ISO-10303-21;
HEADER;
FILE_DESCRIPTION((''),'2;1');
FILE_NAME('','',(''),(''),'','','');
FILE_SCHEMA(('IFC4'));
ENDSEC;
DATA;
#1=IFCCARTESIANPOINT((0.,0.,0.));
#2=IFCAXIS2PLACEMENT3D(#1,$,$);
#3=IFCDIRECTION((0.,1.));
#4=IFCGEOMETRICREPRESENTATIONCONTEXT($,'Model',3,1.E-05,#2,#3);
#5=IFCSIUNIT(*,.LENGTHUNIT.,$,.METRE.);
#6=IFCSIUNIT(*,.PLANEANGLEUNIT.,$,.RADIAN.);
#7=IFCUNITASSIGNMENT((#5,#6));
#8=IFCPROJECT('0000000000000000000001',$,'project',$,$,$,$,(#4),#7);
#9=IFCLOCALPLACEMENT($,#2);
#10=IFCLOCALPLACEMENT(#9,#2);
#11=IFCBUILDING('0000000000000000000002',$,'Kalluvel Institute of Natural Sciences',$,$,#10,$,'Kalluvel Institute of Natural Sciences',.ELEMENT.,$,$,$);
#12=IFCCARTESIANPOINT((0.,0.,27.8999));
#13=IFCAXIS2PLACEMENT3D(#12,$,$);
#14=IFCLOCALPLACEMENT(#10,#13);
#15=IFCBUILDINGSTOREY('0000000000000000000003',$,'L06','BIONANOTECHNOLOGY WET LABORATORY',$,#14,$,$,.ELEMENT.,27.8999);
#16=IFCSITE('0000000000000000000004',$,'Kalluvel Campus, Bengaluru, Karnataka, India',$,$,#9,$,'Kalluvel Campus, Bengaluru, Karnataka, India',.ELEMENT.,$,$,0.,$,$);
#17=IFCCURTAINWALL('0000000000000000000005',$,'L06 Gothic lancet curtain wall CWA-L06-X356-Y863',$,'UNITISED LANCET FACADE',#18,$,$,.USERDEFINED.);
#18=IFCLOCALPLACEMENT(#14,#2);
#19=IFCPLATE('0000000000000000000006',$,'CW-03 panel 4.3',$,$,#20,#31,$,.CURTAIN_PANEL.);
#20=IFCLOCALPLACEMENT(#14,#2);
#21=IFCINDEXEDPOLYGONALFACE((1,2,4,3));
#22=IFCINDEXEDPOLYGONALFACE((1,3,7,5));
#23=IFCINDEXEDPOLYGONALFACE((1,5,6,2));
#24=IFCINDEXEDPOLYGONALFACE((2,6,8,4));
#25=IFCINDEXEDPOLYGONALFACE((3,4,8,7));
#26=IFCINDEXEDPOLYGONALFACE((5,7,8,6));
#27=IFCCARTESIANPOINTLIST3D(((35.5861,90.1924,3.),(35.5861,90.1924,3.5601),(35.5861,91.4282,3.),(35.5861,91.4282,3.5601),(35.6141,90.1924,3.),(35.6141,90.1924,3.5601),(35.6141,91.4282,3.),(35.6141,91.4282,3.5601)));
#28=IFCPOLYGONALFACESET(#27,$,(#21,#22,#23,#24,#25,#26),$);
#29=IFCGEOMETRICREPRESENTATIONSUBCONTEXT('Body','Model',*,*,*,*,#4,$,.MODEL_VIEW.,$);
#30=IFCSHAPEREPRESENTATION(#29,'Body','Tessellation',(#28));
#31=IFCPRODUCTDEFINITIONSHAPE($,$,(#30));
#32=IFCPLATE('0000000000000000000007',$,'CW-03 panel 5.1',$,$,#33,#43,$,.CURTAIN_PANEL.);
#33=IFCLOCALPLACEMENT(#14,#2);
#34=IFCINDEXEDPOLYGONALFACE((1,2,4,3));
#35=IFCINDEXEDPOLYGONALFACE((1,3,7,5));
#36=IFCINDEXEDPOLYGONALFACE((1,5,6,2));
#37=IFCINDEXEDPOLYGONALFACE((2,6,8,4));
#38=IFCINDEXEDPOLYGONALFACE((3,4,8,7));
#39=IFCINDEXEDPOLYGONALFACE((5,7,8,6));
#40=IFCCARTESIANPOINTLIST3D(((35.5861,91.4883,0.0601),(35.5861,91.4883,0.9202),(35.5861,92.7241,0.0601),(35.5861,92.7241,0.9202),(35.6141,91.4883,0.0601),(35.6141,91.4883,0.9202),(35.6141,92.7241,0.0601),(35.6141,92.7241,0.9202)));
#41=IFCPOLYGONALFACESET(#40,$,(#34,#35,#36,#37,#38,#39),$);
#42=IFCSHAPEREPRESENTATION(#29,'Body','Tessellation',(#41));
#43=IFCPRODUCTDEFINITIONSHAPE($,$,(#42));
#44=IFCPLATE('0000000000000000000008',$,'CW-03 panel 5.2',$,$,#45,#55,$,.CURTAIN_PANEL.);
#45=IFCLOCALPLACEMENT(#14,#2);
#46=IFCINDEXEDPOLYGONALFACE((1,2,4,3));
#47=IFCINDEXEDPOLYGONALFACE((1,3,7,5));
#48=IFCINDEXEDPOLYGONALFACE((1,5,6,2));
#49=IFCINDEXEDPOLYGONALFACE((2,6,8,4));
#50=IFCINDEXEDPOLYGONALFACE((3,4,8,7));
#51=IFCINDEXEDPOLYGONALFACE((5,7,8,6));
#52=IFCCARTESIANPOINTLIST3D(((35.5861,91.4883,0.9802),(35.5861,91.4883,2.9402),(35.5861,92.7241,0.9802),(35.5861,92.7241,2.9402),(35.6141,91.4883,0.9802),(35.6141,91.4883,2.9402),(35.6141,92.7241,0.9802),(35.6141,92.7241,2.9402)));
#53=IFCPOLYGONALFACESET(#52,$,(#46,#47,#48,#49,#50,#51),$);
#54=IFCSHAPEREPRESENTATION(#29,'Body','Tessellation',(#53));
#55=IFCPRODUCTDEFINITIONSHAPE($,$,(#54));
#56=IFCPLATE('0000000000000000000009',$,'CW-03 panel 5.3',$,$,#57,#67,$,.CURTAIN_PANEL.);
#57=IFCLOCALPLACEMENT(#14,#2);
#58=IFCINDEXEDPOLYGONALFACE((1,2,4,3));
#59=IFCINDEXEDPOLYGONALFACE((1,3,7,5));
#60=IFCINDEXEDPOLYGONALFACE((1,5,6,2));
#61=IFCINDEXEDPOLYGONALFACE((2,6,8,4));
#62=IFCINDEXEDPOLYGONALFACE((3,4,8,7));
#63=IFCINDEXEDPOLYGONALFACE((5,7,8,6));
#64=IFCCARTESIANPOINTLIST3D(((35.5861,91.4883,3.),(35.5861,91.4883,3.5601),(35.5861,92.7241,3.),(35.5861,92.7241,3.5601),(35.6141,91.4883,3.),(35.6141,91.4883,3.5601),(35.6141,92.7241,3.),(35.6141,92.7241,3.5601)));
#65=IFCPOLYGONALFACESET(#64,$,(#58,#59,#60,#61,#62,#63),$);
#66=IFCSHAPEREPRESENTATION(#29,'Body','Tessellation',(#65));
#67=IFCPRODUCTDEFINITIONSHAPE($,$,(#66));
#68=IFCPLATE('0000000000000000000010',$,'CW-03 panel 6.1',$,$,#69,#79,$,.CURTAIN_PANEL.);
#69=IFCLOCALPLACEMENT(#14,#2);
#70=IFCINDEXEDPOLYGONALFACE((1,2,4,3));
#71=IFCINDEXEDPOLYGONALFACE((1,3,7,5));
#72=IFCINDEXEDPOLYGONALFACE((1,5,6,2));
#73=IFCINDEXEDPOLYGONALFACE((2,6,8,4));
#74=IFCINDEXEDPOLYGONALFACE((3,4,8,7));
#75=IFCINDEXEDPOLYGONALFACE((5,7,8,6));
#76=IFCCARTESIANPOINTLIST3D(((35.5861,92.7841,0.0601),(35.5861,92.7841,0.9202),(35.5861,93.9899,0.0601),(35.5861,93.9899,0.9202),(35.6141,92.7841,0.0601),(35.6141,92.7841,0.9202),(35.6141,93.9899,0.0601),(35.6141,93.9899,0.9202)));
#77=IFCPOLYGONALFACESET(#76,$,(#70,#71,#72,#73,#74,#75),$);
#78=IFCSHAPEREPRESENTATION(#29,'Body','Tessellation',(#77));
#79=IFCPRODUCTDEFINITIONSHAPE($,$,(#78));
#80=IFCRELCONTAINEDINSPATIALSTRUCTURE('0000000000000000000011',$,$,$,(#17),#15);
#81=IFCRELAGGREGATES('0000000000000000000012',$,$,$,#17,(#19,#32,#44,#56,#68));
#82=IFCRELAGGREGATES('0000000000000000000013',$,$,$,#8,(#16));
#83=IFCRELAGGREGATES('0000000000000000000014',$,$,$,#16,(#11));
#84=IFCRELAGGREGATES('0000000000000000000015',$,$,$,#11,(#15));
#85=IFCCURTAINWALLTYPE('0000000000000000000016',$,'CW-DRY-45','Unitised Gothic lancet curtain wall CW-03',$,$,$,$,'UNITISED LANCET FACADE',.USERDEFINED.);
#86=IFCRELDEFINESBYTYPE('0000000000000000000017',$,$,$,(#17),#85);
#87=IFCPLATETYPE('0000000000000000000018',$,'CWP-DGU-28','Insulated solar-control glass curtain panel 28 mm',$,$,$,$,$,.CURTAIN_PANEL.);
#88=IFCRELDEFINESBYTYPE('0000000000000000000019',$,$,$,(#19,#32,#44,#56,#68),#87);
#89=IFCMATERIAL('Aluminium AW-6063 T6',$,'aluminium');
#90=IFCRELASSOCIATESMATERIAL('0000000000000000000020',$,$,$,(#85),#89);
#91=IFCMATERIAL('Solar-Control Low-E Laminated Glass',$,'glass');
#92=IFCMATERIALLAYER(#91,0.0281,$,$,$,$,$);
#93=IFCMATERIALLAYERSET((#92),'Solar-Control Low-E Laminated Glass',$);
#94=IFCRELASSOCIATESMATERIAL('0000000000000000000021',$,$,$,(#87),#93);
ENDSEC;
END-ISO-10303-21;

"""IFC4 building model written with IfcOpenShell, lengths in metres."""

from ifc_helpers import new_model, si_unit, direction, frame, origin, origin_2d, place, context, subcontext, project, spatial, rectangle, extrude, material, layer, layer_set, type_object, element, aggregate, save


model = new_model("IFC4")

# Units and contexts
model_context = context("Model", 3, precision=1e-05, world=origin(), true_north=direction((0.0, 1.0)))
body_context = subcontext(model_context, "Body", "Model", "MODEL_VIEW")
ifc_project = project(units=[si_unit("LENGTHUNIT", "METRE"), si_unit("PLANEANGLEUNIT", "RADIAN")], contexts=[model_context])

# Site, building, storey
site_placement = place(None, origin())
site = spatial("IfcSite", under=ifc_project, at=site_placement, Name="Kalluvel Campus, Bengaluru, Karnataka, India", LongName="Kalluvel Campus, Bengaluru, Karnataka, India", CompositionType="ELEMENT", RefElevation=0.0)
building_placement = place(site_placement, origin())
building = spatial("IfcBuilding", under=site, at=building_placement, Name="Kalluvel Institute of Natural Sciences", LongName="Kalluvel Institute of Natural Sciences", CompositionType="ELEMENT")
storey_placement = place(building_placement, frame((0.0, 0.0, 27.8999)))
storey = spatial("IfcBuildingStorey", under=building, at=storey_placement, Name="L06", Description="BIONANOTECHNOLOGY WET LABORATORY", CompositionType="ELEMENT", Elevation=27.8999)

# Curtain wall, plates
ifc_material_1 = material(Name="Aluminium AW-6063 T6", Category="aluminium")
curtain_wall_type = type_object("IfcCurtainWallType", Name="CW-DRY-45", Description="Unitised Gothic lancet curtain wall CW-03", ElementType="UNITISED LANCET FACADE", PredefinedType="USERDEFINED", material=ifc_material_1)
curtain_wall_placement = place(storey_placement, origin())
curtain_wall = element("IfcCurtainWall", 1, at=curtain_wall_placement, inside=storey, type_object=curtain_wall_type, Name="L06 Gothic lancet curtain wall CWA-L06-X356-Y863", ObjectType="UNITISED LANCET FACADE", PredefinedType="USERDEFINED")
ifc_material_2 = material(Name="Solar-Control Low-E Laminated Glass", Category="glass")
ifc_layer = layer(ifc_material_2, 0.0281)
ifc_layer_set = layer_set([ifc_layer], Name="Solar-Control Low-E Laminated Glass")
plate_type = type_object("IfcPlateType", Name="CWP-DGU-28", Description="Insulated solar-control glass curtain panel 28 mm", PredefinedType="CURTAIN_PANEL", material=ifc_layer_set)
plate_1_placement = place(storey_placement, frame((35.6001, 90.8103, 3.0), z_axis=(0.0, 0.0, 1.0), x_axis=(0.0, 1.0, 0.0)))
plate_1 = element("IfcPlate", 2, at=plate_1_placement, type_object=plate_type, Name="CW-03 panel 4.3", PredefinedType="CURTAIN_PANEL", context=body_context, shape_type="SweptSolid", body=[
    extrude(rectangle(XDim=1.2358, YDim=0.0281, at=origin_2d()), origin(), (0.0, 0.0, 1.0), 0.5601),
])
plate_2_placement = place(storey_placement, frame((35.6001, 92.1062, 0.0601), z_axis=(0.0, 0.0, 1.0), x_axis=(0.0, 1.0, 0.0)))
plate_2 = element("IfcPlate", 3, at=plate_2_placement, type_object=plate_type, Name="CW-03 panel 5.1", PredefinedType="CURTAIN_PANEL", context=body_context, shape_type="SweptSolid", body=[
    extrude(rectangle(XDim=1.2358, YDim=0.0281, at=origin_2d()), origin(), (0.0, 0.0, 1.0), 0.8601),
])
plate_3_placement = place(storey_placement, frame((35.6001, 92.1062, 0.9802), z_axis=(0.0, 0.0, 1.0), x_axis=(0.0, 1.0, 0.0)))
plate_3 = element("IfcPlate", 4, at=plate_3_placement, type_object=plate_type, Name="CW-03 panel 5.2", PredefinedType="CURTAIN_PANEL", context=body_context, shape_type="SweptSolid", body=[
    extrude(rectangle(XDim=1.2358, YDim=0.0281, at=origin_2d()), origin(), (0.0, 0.0, 1.0), 1.96),
])
plate_4_placement = place(storey_placement, frame((35.6001, 92.1062, 3.0), z_axis=(0.0, 0.0, 1.0), x_axis=(0.0, 1.0, 0.0)))
plate_4 = element("IfcPlate", 5, at=plate_4_placement, type_object=plate_type, Name="CW-03 panel 5.3", PredefinedType="CURTAIN_PANEL", context=body_context, shape_type="SweptSolid", body=[
    extrude(rectangle(XDim=1.2358, YDim=0.0281, at=origin_2d()), origin(), (0.0, 0.0, 1.0), 0.5601),
])
plate_5_placement = place(storey_placement, frame((35.6001, 93.387, 0.0601), z_axis=(0.0, 0.0, 1.0), x_axis=(0.0, 1.0, 0.0)))
plate_5 = element("IfcPlate", 6, at=plate_5_placement, type_object=plate_type, Name="CW-03 panel 6.1", PredefinedType="CURTAIN_PANEL", context=body_context, shape_type="SweptSolid", body=[
    extrude(rectangle(XDim=1.2058, YDim=0.0281, at=origin_2d()), origin(), (0.0, 0.0, 1.0), 0.8601),
])
aggregate(curtain_wall, [plate_1, plate_2, plate_3, plate_4, plate_5])

save(model, "model.ifc")
